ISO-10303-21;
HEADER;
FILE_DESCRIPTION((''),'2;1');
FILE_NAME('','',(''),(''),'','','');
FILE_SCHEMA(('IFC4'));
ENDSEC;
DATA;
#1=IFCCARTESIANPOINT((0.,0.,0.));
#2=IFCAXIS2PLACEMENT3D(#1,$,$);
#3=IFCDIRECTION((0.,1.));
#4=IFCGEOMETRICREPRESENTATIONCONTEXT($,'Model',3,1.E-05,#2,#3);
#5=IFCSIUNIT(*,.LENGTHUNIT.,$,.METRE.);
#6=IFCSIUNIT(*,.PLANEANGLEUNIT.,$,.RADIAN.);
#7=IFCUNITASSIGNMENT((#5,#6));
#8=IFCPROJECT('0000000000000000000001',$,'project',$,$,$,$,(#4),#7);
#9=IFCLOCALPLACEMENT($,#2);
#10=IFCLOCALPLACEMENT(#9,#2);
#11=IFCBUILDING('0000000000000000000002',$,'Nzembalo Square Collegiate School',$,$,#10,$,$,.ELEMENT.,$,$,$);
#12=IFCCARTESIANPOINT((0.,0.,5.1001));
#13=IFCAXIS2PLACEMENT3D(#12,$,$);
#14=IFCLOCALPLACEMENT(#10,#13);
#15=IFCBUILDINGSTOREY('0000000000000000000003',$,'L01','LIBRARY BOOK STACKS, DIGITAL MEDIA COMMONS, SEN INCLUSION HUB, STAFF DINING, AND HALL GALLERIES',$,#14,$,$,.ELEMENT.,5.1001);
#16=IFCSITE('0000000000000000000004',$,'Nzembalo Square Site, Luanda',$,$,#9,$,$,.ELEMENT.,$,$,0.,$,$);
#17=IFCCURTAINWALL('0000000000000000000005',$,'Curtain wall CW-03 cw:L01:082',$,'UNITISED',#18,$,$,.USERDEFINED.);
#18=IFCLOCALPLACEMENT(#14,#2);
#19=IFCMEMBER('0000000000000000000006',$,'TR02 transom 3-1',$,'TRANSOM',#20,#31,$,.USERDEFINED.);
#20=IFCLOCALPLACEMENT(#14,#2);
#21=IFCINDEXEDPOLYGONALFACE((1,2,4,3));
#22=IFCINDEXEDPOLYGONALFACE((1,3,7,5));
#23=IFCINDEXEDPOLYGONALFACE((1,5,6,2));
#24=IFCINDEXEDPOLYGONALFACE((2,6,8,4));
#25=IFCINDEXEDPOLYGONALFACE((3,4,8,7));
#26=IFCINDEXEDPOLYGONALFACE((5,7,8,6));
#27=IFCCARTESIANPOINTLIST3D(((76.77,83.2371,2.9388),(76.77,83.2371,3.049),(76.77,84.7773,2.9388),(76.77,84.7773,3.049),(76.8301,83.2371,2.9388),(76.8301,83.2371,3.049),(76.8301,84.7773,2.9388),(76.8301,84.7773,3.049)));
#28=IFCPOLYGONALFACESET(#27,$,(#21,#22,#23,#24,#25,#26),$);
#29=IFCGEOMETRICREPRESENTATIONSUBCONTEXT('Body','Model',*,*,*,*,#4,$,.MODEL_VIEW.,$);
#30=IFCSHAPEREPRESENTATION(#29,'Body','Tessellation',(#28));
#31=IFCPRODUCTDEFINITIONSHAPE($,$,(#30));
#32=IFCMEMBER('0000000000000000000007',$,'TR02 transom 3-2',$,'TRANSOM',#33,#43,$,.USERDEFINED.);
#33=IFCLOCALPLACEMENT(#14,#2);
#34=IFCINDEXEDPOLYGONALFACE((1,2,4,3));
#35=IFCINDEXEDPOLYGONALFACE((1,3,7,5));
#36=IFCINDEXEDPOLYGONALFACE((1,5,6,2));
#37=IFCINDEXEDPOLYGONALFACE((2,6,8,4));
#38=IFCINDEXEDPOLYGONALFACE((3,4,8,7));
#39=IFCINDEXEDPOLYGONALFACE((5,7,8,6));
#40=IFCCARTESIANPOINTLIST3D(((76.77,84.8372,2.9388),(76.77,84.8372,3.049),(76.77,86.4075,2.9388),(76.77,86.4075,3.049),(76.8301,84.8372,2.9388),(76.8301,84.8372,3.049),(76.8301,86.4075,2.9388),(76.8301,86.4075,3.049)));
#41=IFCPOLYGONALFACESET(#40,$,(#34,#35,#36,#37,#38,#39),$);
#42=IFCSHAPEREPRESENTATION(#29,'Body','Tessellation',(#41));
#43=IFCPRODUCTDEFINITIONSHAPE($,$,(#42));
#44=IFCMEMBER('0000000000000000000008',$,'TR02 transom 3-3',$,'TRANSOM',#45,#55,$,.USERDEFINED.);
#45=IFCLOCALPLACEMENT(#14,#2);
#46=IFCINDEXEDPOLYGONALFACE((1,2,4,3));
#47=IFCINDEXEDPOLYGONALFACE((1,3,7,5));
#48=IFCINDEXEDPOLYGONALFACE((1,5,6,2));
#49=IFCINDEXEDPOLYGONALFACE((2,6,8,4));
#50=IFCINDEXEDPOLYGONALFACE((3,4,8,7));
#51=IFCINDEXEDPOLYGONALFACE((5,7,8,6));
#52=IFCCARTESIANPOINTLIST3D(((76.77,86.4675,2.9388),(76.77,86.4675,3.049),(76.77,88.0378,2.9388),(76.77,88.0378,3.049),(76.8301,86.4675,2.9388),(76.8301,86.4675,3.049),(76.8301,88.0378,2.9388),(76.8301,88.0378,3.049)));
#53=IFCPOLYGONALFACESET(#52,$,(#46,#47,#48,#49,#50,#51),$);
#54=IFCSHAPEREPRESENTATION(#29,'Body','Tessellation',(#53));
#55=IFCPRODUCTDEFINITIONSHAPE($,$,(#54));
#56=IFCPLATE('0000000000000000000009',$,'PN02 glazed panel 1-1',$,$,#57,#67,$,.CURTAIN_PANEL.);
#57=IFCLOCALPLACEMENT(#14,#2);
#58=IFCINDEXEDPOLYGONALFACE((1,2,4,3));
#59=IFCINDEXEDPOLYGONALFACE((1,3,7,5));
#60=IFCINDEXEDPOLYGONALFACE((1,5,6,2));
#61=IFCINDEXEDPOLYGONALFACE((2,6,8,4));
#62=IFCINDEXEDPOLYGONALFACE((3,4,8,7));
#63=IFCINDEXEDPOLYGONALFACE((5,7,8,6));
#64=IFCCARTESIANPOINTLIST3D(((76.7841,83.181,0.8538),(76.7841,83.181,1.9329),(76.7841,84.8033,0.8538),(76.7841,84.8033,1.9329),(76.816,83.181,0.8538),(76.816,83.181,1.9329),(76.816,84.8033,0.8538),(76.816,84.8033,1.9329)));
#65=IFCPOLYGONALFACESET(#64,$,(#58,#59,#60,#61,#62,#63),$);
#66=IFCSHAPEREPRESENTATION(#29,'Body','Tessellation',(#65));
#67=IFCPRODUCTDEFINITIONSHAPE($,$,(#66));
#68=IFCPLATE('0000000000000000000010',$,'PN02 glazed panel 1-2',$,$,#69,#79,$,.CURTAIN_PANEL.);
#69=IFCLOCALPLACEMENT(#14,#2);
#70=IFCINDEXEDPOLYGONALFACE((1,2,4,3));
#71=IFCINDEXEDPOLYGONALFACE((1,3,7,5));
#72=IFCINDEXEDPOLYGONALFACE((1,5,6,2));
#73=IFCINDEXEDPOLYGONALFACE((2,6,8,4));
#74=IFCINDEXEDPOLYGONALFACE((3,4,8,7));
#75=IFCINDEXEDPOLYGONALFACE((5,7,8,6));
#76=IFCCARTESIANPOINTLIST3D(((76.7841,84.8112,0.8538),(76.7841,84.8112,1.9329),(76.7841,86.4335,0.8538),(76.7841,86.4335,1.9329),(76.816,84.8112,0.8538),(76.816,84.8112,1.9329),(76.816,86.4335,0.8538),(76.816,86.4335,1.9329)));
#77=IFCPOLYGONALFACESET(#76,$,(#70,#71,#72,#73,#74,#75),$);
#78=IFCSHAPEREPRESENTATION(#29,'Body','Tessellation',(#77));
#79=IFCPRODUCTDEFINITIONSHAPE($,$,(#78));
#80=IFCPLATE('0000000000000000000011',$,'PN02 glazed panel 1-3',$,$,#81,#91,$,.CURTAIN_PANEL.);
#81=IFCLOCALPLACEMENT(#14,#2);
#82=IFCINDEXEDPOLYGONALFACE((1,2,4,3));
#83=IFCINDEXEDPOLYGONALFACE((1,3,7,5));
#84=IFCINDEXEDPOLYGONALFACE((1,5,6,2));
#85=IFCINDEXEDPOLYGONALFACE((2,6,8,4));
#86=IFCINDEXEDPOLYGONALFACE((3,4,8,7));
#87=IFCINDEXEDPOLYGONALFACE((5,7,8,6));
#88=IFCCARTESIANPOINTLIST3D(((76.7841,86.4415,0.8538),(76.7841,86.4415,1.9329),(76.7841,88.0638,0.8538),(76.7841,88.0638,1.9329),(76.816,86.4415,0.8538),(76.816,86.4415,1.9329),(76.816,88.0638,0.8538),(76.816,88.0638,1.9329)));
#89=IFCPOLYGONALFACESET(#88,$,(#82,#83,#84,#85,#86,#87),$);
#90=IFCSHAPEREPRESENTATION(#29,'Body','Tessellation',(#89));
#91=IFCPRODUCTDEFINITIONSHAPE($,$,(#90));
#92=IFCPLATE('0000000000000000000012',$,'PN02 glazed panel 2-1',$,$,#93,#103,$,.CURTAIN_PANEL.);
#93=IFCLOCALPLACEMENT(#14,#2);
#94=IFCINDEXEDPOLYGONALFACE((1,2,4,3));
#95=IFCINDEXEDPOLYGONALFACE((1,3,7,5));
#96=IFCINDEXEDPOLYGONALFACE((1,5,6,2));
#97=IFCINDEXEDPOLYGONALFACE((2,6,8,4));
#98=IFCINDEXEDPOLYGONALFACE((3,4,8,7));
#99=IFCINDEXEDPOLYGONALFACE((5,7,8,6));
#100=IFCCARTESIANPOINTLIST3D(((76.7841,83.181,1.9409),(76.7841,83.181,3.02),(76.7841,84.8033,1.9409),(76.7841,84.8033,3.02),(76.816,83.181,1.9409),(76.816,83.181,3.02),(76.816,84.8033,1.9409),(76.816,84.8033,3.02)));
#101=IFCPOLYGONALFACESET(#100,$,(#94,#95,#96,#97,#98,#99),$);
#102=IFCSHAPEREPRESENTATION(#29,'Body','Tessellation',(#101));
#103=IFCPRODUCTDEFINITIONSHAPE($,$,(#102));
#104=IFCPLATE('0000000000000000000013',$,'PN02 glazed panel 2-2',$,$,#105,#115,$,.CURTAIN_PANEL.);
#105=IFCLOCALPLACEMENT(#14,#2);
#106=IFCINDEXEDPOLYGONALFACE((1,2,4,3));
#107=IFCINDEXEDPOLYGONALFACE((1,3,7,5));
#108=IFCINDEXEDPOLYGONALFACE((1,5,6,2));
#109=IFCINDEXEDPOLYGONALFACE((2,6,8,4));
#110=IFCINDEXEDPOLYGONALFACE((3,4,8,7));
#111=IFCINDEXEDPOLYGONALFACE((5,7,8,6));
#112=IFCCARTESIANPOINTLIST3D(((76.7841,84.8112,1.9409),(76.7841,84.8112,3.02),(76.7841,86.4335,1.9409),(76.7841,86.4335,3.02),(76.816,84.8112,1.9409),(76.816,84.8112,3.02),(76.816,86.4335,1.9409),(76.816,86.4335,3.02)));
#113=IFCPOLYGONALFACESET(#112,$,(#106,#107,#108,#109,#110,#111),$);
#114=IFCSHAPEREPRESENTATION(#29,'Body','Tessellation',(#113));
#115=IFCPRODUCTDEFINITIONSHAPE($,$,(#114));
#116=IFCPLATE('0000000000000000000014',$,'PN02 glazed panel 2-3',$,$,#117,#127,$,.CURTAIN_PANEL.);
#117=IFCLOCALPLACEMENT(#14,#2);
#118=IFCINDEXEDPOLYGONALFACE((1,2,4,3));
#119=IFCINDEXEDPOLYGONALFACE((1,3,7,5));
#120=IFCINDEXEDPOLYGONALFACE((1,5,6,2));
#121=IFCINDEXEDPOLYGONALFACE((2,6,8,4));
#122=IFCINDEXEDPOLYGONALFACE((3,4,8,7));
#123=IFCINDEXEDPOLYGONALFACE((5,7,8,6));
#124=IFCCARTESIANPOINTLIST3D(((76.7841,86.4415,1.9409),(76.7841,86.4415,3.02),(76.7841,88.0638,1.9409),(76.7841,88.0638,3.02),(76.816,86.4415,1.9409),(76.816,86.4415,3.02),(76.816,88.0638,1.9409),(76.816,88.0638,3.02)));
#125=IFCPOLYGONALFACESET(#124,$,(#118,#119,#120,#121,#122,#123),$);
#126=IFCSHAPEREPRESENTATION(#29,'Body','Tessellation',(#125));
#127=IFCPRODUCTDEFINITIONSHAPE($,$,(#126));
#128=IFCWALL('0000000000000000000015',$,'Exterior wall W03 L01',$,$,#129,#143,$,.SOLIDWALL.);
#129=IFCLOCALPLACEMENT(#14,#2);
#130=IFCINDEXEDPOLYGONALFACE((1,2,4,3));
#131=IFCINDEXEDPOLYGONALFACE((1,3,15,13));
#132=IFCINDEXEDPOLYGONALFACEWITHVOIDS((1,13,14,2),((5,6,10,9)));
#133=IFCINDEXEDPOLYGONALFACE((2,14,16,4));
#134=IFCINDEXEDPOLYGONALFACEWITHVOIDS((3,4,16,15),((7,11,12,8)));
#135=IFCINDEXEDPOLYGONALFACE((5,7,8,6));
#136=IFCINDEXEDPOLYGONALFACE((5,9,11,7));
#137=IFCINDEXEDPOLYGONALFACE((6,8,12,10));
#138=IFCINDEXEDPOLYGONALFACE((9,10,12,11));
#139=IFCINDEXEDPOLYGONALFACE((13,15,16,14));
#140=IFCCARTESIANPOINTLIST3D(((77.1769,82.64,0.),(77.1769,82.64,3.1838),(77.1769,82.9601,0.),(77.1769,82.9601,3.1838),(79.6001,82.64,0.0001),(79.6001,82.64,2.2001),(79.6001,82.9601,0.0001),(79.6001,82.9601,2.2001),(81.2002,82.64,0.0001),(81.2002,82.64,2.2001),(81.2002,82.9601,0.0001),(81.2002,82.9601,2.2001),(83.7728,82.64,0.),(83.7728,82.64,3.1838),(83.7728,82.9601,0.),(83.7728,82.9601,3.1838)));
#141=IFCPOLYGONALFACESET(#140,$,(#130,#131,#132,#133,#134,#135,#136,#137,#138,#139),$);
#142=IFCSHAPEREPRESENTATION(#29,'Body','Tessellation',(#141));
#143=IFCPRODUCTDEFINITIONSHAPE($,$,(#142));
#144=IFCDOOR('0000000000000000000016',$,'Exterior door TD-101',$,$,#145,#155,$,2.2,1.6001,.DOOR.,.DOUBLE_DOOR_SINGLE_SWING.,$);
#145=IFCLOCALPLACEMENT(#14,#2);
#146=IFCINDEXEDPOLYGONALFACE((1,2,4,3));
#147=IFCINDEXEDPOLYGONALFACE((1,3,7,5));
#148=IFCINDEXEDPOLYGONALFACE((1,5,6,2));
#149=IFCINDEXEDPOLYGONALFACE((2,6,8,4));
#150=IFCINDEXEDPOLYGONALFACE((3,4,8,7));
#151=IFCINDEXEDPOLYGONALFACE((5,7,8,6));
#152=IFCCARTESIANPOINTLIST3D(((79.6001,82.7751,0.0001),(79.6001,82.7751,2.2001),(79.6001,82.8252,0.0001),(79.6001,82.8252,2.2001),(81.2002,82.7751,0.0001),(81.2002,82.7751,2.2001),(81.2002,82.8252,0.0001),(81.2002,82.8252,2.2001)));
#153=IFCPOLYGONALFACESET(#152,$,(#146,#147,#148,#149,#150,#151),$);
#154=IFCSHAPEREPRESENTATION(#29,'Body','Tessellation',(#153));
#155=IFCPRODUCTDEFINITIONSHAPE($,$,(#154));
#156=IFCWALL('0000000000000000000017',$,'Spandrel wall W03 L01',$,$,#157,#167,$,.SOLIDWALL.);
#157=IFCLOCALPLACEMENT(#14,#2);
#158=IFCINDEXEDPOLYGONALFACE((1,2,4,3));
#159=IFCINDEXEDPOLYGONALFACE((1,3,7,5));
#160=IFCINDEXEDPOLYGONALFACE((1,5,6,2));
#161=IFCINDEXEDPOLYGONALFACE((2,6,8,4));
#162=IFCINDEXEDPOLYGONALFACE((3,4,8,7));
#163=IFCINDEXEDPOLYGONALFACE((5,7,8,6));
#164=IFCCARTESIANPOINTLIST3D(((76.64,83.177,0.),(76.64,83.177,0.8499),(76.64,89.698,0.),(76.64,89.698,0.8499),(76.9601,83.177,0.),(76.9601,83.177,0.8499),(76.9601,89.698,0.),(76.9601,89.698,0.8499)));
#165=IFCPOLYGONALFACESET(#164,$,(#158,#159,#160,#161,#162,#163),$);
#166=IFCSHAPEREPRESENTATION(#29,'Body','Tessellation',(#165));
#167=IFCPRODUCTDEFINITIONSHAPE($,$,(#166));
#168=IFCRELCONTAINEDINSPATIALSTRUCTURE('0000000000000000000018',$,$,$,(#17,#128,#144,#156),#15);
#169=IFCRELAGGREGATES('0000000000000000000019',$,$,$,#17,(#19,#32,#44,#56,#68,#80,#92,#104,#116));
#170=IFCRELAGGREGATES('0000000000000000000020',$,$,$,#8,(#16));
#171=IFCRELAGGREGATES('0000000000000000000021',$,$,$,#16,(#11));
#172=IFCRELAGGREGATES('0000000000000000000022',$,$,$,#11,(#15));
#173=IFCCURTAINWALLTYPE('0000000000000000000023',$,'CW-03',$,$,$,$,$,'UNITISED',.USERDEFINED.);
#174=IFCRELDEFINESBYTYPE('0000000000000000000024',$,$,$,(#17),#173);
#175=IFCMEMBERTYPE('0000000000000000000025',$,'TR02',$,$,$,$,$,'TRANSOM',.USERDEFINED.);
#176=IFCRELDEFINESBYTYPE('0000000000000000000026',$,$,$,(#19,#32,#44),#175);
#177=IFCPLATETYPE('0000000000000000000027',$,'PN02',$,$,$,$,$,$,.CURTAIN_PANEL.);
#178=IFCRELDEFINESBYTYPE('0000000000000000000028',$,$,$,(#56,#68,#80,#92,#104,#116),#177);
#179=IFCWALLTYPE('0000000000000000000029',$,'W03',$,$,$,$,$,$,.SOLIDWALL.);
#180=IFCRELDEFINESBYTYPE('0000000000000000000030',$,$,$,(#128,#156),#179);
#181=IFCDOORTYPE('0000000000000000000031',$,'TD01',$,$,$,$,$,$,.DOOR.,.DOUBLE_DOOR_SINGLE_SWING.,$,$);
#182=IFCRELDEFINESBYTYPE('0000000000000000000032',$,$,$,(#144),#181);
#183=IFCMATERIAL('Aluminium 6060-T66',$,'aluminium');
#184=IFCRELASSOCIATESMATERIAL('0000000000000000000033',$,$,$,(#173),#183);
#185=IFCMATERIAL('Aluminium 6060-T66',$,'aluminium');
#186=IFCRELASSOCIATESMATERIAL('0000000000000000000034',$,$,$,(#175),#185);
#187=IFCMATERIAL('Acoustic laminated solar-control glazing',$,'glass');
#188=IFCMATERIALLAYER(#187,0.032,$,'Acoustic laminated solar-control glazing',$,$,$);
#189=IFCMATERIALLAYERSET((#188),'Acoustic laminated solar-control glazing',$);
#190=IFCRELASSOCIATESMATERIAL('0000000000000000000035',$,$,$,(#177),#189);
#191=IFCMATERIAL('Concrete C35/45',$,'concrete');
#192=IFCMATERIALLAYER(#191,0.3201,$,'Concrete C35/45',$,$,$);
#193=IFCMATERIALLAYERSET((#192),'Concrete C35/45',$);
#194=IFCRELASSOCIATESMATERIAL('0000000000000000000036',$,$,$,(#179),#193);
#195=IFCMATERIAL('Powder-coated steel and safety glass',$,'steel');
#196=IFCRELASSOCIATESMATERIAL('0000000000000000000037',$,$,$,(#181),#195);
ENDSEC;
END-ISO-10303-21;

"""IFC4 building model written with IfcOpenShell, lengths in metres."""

from ifc_helpers import new_model, si_unit, direction, frame, frame_2d, origin, origin_2d, place, context, subcontext, project, spatial, rectangle, extrude, material, layer, layer_set, material_profile, profile_set, type_object, element, fill, aggregate, save


model = new_model("IFC4")

# Units and contexts
model_context = context("Model", 3, precision=1e-05, world=origin(), true_north=direction((0.0, 1.0)))
body_context = subcontext(model_context, "Body", "Model", "MODEL_VIEW")
ifc_project = project(units=[si_unit("LENGTHUNIT", "METRE"), si_unit("PLANEANGLEUNIT", "RADIAN")], contexts=[model_context])

# Site, building, storey
site_placement = place(None, origin())
site = spatial("IfcSite", under=ifc_project, at=site_placement, Name="Nzembalo Square Site, Luanda", CompositionType="ELEMENT", RefElevation=0.0)
building_placement = place(site_placement, origin())
building = spatial("IfcBuilding", under=site, at=building_placement, Name="Nzembalo Square Collegiate School", CompositionType="ELEMENT")
storey_placement = place(building_placement, frame((0.0, 0.0, 5.1001)))
storey = spatial("IfcBuildingStorey", under=building, at=storey_placement, Name="L01", Description="LIBRARY BOOK STACKS, DIGITAL MEDIA COMMONS, SEN INCLUSION HUB, STAFF DINING, AND HALL GALLERIES", CompositionType="ELEMENT", Elevation=5.1001)

# Curtain wall, members, plates
ifc_material_1 = material(Name="Aluminium 6060-T66", Category="aluminium")
curtain_wall_type = type_object("IfcCurtainWallType", Name="CW-03", ElementType="UNITISED", PredefinedType="USERDEFINED", material=ifc_material_1)
curtain_wall_placement = place(storey_placement, origin())
curtain_wall = element("IfcCurtainWall", 1, at=curtain_wall_placement, inside=storey, type_object=curtain_wall_type, Name="Curtain wall CW-03 cw:L01:082", ObjectType="UNITISED", PredefinedType="USERDEFINED")
ifc_material_2 = material(Name="Aluminium 6060-T66", Category="aluminium")
ifc_material_profile_1 = material_profile(ifc_material_2, rectangle(XDim=0.0601, YDim=0.1101, at=origin_2d()), Name="ALU T60x110")
ifc_profile_set_1 = profile_set([ifc_material_profile_1], Name="Aluminium 6060-T66")
member_type_1 = type_object("IfcMemberType", Name="TR02", ElementType="TRANSOM", PredefinedType="USERDEFINED", material=ifc_profile_set_1)
member_1_placement = place(storey_placement, frame((76.8, 83.2371, 2.9939), z_axis=(0.0, 1.0, 0.0), x_axis=(-1.0, 0.0, 0.0)))
member_1 = element("IfcMember", 2, at=member_1_placement, type_object=member_type_1, Name="TR02 transom 3-1", ObjectType="TRANSOM", PredefinedType="USERDEFINED", context=body_context, shape_type="SweptSolid", body=[
    extrude(rectangle(XDim=0.0601, YDim=0.1101, at=origin_2d()), origin(), (0.0, 0.0, 1.0), 1.5403),
])
member_2_placement = place(storey_placement, frame((76.8, 84.8372, 2.9939), z_axis=(0.0, 1.0, 0.0), x_axis=(-1.0, 0.0, 0.0)))
member_2 = element("IfcMember", 3, at=member_2_placement, type_object=member_type_1, Name="TR02 transom 3-2", ObjectType="TRANSOM", PredefinedType="USERDEFINED", context=body_context, shape_type="SweptSolid", body=[
    extrude(rectangle(XDim=0.0601, YDim=0.1101, at=origin_2d()), origin(), (0.0, 0.0, 1.0), 1.5703),
])
member_3_placement = place(storey_placement, frame((76.8, 86.4675, 2.9939), z_axis=(0.0, 1.0, 0.0), x_axis=(-1.0, 0.0, 0.0)))
member_3 = element("IfcMember", 4, at=member_3_placement, type_object=member_type_1, Name="TR02 transom 3-3", ObjectType="TRANSOM", PredefinedType="USERDEFINED", context=body_context, shape_type="SweptSolid", body=[
    extrude(rectangle(XDim=0.0601, YDim=0.1101, at=origin_2d()), origin(), (0.0, 0.0, 1.0), 1.5703),
])
ifc_material_3 = material(Name="Acoustic laminated solar-control glazing", Category="glass")
ifc_layer_1 = layer(ifc_material_3, 0.032, Name="Acoustic laminated solar-control glazing")
ifc_layer_set_1 = layer_set([ifc_layer_1], Name="Acoustic laminated solar-control glazing")
plate_type = type_object("IfcPlateType", Name="PN02", PredefinedType="CURTAIN_PANEL", material=ifc_layer_set_1)
plate_1_placement = place(storey_placement, frame((76.8, 83.9922, 0.8538), z_axis=(0.0, 0.0, 1.0), x_axis=(0.0, 1.0, 0.0)))
plate_1 = element("IfcPlate", 5, at=plate_1_placement, type_object=plate_type, Name="PN02 glazed panel 1-1", PredefinedType="CURTAIN_PANEL", context=body_context, shape_type="SweptSolid", body=[
    extrude(rectangle(XDim=1.6223, YDim=0.032, at=origin_2d()), origin(), (0.0, 0.0, 1.0), 1.0791),
])
plate_2_placement = place(storey_placement, frame((76.8, 85.6223, 0.8538), z_axis=(0.0, 0.0, 1.0), x_axis=(0.0, 1.0, 0.0)))
plate_2 = element("IfcPlate", 6, at=plate_2_placement, type_object=plate_type, Name="PN02 glazed panel 1-2", PredefinedType="CURTAIN_PANEL", context=body_context, shape_type="SweptSolid", body=[
    extrude(rectangle(XDim=1.6223, YDim=0.032, at=origin_2d()), origin(), (0.0, 0.0, 1.0), 1.0791),
])
plate_3_placement = place(storey_placement, frame((76.8, 87.2527, 0.8538), z_axis=(0.0, 0.0, 1.0), x_axis=(0.0, 1.0, 0.0)))
plate_3 = element("IfcPlate", 7, at=plate_3_placement, type_object=plate_type, Name="PN02 glazed panel 1-3", PredefinedType="CURTAIN_PANEL", context=body_context, shape_type="SweptSolid", body=[
    extrude(rectangle(XDim=1.6223, YDim=0.032, at=origin_2d()), origin(), (0.0, 0.0, 1.0), 1.0791),
])
plate_4_placement = place(storey_placement, frame((76.8, 83.9922, 1.9409), z_axis=(0.0, 0.0, 1.0), x_axis=(0.0, 1.0, 0.0)))
plate_4 = element("IfcPlate", 8, at=plate_4_placement, type_object=plate_type, Name="PN02 glazed panel 2-1", PredefinedType="CURTAIN_PANEL", context=body_context, shape_type="SweptSolid", body=[
    extrude(rectangle(XDim=1.6223, YDim=0.032, at=origin_2d()), origin(), (0.0, 0.0, 1.0), 1.0791),
])
plate_5_placement = place(storey_placement, frame((76.8, 85.6223, 1.9409), z_axis=(0.0, 0.0, 1.0), x_axis=(0.0, 1.0, 0.0)))
plate_5 = element("IfcPlate", 9, at=plate_5_placement, type_object=plate_type, Name="PN02 glazed panel 2-2", PredefinedType="CURTAIN_PANEL", context=body_context, shape_type="SweptSolid", body=[
    extrude(rectangle(XDim=1.6223, YDim=0.032, at=origin_2d()), origin(), (0.0, 0.0, 1.0), 1.0791),
])
plate_6_placement = place(storey_placement, frame((76.8, 87.2527, 1.9409), z_axis=(0.0, 0.0, 1.0), x_axis=(0.0, 1.0, 0.0)))
plate_6 = element("IfcPlate", 10, at=plate_6_placement, type_object=plate_type, Name="PN02 glazed panel 2-3", PredefinedType="CURTAIN_PANEL", context=body_context, shape_type="SweptSolid", body=[
    extrude(rectangle(XDim=1.6223, YDim=0.032, at=origin_2d()), origin(), (0.0, 0.0, 1.0), 1.0791),
])
aggregate(curtain_wall, [member_1, member_2, member_3, plate_1, plate_2, plate_3, plate_4, plate_5, plate_6])

# Wall, opening, door
ifc_material_4 = material(Name="Concrete C35/45", Category="concrete")
ifc_layer_2 = layer(ifc_material_4, 0.3201, Name="Concrete C35/45")
ifc_layer_set_2 = layer_set([ifc_layer_2], Name="Concrete C35/45")
wall_type = type_object("IfcWallType", Name="W03", PredefinedType="SOLIDWALL", material=ifc_layer_set_2)
wall_1_placement = place(storey_placement, frame((77.177, 82.8, 0.0), z_axis=(0.0, 0.0, 1.0), x_axis=(1.0, 0.0, 0.0)))
wall_1 = element("IfcWall", 11, at=wall_1_placement, inside=storey, type_object=wall_type, Name="Exterior wall W03 L01", PredefinedType="SOLIDWALL", context=body_context, shape_type="SweptSolid", body=[
    extrude(rectangle(XDim=6.5959, YDim=0.3201, at=frame_2d((3.2979, 0.0))), origin(), (0.0, 0.0, 1.0), 3.1838),
])
opening_placement = place(wall_1_placement, frame((2.4231, 0.0, 0.0)))
opening = element("IfcOpeningElement", 12, at=opening_placement, cuts=wall_1, PredefinedType="OPENING", context=body_context, shape_type="SweptSolid", body=[
    extrude(rectangle(XDim=1.6001, YDim=2.2, at=frame_2d((0.8, 1.1001))), frame((0.0, 0.1699, 0.0), z_axis=(0.0, -1.0, 0.0), x_axis=(1.0, 0.0, 0.0)), (0.0, 0.0, 1.0), 0.3401),
])
ifc_material_5 = material(Name="Powder-coated steel and safety glass", Category="steel")
door_type = type_object("IfcDoorType", Name="TD01", OperationType="DOUBLE_DOOR_SINGLE_SWING", PredefinedType="DOOR", material=ifc_material_5)
door_placement = place(opening_placement, frame((1.6001, 0.0, 0.0), z_axis=(0.0, 0.0, 1.0), x_axis=(-1.0, 0.0, 0.0)))
door = element("IfcDoor", 13, at=door_placement, inside=storey, type_object=door_type, Name="Exterior door TD-101", OperationType="DOUBLE_DOOR_SINGLE_SWING", OverallHeight=2.2, OverallWidth=1.6001, PredefinedType="DOOR", context=body_context, shape_type="SweptSolid", body=[
    extrude(rectangle(XDim=1.6001, YDim=2.2, at=frame_2d((0.8, 1.1001))), frame((0.0, 0.0249, 0.0), z_axis=(0.0, -1.0, 0.0), x_axis=(1.0, 0.0, 0.0)), (0.0, 0.0, 1.0), 0.05),
])
fill(opening, door)

# Wall
wall_2_placement = place(storey_placement, frame((76.8, 83.177, 0.0), z_axis=(0.0, 0.0, 1.0), x_axis=(0.0, 1.0, 0.0)))
element("IfcWall", 14, at=wall_2_placement, inside=storey, type_object=wall_type, Name="Spandrel wall W03 L01", PredefinedType="SOLIDWALL", context=body_context, shape_type="SweptSolid", body=[
    extrude(rectangle(XDim=6.521, YDim=0.3201, at=frame_2d((3.2605, 0.0))), origin(), (0.0, 0.0, 1.0), 0.8499),
])

save(model, "model.ifc")
